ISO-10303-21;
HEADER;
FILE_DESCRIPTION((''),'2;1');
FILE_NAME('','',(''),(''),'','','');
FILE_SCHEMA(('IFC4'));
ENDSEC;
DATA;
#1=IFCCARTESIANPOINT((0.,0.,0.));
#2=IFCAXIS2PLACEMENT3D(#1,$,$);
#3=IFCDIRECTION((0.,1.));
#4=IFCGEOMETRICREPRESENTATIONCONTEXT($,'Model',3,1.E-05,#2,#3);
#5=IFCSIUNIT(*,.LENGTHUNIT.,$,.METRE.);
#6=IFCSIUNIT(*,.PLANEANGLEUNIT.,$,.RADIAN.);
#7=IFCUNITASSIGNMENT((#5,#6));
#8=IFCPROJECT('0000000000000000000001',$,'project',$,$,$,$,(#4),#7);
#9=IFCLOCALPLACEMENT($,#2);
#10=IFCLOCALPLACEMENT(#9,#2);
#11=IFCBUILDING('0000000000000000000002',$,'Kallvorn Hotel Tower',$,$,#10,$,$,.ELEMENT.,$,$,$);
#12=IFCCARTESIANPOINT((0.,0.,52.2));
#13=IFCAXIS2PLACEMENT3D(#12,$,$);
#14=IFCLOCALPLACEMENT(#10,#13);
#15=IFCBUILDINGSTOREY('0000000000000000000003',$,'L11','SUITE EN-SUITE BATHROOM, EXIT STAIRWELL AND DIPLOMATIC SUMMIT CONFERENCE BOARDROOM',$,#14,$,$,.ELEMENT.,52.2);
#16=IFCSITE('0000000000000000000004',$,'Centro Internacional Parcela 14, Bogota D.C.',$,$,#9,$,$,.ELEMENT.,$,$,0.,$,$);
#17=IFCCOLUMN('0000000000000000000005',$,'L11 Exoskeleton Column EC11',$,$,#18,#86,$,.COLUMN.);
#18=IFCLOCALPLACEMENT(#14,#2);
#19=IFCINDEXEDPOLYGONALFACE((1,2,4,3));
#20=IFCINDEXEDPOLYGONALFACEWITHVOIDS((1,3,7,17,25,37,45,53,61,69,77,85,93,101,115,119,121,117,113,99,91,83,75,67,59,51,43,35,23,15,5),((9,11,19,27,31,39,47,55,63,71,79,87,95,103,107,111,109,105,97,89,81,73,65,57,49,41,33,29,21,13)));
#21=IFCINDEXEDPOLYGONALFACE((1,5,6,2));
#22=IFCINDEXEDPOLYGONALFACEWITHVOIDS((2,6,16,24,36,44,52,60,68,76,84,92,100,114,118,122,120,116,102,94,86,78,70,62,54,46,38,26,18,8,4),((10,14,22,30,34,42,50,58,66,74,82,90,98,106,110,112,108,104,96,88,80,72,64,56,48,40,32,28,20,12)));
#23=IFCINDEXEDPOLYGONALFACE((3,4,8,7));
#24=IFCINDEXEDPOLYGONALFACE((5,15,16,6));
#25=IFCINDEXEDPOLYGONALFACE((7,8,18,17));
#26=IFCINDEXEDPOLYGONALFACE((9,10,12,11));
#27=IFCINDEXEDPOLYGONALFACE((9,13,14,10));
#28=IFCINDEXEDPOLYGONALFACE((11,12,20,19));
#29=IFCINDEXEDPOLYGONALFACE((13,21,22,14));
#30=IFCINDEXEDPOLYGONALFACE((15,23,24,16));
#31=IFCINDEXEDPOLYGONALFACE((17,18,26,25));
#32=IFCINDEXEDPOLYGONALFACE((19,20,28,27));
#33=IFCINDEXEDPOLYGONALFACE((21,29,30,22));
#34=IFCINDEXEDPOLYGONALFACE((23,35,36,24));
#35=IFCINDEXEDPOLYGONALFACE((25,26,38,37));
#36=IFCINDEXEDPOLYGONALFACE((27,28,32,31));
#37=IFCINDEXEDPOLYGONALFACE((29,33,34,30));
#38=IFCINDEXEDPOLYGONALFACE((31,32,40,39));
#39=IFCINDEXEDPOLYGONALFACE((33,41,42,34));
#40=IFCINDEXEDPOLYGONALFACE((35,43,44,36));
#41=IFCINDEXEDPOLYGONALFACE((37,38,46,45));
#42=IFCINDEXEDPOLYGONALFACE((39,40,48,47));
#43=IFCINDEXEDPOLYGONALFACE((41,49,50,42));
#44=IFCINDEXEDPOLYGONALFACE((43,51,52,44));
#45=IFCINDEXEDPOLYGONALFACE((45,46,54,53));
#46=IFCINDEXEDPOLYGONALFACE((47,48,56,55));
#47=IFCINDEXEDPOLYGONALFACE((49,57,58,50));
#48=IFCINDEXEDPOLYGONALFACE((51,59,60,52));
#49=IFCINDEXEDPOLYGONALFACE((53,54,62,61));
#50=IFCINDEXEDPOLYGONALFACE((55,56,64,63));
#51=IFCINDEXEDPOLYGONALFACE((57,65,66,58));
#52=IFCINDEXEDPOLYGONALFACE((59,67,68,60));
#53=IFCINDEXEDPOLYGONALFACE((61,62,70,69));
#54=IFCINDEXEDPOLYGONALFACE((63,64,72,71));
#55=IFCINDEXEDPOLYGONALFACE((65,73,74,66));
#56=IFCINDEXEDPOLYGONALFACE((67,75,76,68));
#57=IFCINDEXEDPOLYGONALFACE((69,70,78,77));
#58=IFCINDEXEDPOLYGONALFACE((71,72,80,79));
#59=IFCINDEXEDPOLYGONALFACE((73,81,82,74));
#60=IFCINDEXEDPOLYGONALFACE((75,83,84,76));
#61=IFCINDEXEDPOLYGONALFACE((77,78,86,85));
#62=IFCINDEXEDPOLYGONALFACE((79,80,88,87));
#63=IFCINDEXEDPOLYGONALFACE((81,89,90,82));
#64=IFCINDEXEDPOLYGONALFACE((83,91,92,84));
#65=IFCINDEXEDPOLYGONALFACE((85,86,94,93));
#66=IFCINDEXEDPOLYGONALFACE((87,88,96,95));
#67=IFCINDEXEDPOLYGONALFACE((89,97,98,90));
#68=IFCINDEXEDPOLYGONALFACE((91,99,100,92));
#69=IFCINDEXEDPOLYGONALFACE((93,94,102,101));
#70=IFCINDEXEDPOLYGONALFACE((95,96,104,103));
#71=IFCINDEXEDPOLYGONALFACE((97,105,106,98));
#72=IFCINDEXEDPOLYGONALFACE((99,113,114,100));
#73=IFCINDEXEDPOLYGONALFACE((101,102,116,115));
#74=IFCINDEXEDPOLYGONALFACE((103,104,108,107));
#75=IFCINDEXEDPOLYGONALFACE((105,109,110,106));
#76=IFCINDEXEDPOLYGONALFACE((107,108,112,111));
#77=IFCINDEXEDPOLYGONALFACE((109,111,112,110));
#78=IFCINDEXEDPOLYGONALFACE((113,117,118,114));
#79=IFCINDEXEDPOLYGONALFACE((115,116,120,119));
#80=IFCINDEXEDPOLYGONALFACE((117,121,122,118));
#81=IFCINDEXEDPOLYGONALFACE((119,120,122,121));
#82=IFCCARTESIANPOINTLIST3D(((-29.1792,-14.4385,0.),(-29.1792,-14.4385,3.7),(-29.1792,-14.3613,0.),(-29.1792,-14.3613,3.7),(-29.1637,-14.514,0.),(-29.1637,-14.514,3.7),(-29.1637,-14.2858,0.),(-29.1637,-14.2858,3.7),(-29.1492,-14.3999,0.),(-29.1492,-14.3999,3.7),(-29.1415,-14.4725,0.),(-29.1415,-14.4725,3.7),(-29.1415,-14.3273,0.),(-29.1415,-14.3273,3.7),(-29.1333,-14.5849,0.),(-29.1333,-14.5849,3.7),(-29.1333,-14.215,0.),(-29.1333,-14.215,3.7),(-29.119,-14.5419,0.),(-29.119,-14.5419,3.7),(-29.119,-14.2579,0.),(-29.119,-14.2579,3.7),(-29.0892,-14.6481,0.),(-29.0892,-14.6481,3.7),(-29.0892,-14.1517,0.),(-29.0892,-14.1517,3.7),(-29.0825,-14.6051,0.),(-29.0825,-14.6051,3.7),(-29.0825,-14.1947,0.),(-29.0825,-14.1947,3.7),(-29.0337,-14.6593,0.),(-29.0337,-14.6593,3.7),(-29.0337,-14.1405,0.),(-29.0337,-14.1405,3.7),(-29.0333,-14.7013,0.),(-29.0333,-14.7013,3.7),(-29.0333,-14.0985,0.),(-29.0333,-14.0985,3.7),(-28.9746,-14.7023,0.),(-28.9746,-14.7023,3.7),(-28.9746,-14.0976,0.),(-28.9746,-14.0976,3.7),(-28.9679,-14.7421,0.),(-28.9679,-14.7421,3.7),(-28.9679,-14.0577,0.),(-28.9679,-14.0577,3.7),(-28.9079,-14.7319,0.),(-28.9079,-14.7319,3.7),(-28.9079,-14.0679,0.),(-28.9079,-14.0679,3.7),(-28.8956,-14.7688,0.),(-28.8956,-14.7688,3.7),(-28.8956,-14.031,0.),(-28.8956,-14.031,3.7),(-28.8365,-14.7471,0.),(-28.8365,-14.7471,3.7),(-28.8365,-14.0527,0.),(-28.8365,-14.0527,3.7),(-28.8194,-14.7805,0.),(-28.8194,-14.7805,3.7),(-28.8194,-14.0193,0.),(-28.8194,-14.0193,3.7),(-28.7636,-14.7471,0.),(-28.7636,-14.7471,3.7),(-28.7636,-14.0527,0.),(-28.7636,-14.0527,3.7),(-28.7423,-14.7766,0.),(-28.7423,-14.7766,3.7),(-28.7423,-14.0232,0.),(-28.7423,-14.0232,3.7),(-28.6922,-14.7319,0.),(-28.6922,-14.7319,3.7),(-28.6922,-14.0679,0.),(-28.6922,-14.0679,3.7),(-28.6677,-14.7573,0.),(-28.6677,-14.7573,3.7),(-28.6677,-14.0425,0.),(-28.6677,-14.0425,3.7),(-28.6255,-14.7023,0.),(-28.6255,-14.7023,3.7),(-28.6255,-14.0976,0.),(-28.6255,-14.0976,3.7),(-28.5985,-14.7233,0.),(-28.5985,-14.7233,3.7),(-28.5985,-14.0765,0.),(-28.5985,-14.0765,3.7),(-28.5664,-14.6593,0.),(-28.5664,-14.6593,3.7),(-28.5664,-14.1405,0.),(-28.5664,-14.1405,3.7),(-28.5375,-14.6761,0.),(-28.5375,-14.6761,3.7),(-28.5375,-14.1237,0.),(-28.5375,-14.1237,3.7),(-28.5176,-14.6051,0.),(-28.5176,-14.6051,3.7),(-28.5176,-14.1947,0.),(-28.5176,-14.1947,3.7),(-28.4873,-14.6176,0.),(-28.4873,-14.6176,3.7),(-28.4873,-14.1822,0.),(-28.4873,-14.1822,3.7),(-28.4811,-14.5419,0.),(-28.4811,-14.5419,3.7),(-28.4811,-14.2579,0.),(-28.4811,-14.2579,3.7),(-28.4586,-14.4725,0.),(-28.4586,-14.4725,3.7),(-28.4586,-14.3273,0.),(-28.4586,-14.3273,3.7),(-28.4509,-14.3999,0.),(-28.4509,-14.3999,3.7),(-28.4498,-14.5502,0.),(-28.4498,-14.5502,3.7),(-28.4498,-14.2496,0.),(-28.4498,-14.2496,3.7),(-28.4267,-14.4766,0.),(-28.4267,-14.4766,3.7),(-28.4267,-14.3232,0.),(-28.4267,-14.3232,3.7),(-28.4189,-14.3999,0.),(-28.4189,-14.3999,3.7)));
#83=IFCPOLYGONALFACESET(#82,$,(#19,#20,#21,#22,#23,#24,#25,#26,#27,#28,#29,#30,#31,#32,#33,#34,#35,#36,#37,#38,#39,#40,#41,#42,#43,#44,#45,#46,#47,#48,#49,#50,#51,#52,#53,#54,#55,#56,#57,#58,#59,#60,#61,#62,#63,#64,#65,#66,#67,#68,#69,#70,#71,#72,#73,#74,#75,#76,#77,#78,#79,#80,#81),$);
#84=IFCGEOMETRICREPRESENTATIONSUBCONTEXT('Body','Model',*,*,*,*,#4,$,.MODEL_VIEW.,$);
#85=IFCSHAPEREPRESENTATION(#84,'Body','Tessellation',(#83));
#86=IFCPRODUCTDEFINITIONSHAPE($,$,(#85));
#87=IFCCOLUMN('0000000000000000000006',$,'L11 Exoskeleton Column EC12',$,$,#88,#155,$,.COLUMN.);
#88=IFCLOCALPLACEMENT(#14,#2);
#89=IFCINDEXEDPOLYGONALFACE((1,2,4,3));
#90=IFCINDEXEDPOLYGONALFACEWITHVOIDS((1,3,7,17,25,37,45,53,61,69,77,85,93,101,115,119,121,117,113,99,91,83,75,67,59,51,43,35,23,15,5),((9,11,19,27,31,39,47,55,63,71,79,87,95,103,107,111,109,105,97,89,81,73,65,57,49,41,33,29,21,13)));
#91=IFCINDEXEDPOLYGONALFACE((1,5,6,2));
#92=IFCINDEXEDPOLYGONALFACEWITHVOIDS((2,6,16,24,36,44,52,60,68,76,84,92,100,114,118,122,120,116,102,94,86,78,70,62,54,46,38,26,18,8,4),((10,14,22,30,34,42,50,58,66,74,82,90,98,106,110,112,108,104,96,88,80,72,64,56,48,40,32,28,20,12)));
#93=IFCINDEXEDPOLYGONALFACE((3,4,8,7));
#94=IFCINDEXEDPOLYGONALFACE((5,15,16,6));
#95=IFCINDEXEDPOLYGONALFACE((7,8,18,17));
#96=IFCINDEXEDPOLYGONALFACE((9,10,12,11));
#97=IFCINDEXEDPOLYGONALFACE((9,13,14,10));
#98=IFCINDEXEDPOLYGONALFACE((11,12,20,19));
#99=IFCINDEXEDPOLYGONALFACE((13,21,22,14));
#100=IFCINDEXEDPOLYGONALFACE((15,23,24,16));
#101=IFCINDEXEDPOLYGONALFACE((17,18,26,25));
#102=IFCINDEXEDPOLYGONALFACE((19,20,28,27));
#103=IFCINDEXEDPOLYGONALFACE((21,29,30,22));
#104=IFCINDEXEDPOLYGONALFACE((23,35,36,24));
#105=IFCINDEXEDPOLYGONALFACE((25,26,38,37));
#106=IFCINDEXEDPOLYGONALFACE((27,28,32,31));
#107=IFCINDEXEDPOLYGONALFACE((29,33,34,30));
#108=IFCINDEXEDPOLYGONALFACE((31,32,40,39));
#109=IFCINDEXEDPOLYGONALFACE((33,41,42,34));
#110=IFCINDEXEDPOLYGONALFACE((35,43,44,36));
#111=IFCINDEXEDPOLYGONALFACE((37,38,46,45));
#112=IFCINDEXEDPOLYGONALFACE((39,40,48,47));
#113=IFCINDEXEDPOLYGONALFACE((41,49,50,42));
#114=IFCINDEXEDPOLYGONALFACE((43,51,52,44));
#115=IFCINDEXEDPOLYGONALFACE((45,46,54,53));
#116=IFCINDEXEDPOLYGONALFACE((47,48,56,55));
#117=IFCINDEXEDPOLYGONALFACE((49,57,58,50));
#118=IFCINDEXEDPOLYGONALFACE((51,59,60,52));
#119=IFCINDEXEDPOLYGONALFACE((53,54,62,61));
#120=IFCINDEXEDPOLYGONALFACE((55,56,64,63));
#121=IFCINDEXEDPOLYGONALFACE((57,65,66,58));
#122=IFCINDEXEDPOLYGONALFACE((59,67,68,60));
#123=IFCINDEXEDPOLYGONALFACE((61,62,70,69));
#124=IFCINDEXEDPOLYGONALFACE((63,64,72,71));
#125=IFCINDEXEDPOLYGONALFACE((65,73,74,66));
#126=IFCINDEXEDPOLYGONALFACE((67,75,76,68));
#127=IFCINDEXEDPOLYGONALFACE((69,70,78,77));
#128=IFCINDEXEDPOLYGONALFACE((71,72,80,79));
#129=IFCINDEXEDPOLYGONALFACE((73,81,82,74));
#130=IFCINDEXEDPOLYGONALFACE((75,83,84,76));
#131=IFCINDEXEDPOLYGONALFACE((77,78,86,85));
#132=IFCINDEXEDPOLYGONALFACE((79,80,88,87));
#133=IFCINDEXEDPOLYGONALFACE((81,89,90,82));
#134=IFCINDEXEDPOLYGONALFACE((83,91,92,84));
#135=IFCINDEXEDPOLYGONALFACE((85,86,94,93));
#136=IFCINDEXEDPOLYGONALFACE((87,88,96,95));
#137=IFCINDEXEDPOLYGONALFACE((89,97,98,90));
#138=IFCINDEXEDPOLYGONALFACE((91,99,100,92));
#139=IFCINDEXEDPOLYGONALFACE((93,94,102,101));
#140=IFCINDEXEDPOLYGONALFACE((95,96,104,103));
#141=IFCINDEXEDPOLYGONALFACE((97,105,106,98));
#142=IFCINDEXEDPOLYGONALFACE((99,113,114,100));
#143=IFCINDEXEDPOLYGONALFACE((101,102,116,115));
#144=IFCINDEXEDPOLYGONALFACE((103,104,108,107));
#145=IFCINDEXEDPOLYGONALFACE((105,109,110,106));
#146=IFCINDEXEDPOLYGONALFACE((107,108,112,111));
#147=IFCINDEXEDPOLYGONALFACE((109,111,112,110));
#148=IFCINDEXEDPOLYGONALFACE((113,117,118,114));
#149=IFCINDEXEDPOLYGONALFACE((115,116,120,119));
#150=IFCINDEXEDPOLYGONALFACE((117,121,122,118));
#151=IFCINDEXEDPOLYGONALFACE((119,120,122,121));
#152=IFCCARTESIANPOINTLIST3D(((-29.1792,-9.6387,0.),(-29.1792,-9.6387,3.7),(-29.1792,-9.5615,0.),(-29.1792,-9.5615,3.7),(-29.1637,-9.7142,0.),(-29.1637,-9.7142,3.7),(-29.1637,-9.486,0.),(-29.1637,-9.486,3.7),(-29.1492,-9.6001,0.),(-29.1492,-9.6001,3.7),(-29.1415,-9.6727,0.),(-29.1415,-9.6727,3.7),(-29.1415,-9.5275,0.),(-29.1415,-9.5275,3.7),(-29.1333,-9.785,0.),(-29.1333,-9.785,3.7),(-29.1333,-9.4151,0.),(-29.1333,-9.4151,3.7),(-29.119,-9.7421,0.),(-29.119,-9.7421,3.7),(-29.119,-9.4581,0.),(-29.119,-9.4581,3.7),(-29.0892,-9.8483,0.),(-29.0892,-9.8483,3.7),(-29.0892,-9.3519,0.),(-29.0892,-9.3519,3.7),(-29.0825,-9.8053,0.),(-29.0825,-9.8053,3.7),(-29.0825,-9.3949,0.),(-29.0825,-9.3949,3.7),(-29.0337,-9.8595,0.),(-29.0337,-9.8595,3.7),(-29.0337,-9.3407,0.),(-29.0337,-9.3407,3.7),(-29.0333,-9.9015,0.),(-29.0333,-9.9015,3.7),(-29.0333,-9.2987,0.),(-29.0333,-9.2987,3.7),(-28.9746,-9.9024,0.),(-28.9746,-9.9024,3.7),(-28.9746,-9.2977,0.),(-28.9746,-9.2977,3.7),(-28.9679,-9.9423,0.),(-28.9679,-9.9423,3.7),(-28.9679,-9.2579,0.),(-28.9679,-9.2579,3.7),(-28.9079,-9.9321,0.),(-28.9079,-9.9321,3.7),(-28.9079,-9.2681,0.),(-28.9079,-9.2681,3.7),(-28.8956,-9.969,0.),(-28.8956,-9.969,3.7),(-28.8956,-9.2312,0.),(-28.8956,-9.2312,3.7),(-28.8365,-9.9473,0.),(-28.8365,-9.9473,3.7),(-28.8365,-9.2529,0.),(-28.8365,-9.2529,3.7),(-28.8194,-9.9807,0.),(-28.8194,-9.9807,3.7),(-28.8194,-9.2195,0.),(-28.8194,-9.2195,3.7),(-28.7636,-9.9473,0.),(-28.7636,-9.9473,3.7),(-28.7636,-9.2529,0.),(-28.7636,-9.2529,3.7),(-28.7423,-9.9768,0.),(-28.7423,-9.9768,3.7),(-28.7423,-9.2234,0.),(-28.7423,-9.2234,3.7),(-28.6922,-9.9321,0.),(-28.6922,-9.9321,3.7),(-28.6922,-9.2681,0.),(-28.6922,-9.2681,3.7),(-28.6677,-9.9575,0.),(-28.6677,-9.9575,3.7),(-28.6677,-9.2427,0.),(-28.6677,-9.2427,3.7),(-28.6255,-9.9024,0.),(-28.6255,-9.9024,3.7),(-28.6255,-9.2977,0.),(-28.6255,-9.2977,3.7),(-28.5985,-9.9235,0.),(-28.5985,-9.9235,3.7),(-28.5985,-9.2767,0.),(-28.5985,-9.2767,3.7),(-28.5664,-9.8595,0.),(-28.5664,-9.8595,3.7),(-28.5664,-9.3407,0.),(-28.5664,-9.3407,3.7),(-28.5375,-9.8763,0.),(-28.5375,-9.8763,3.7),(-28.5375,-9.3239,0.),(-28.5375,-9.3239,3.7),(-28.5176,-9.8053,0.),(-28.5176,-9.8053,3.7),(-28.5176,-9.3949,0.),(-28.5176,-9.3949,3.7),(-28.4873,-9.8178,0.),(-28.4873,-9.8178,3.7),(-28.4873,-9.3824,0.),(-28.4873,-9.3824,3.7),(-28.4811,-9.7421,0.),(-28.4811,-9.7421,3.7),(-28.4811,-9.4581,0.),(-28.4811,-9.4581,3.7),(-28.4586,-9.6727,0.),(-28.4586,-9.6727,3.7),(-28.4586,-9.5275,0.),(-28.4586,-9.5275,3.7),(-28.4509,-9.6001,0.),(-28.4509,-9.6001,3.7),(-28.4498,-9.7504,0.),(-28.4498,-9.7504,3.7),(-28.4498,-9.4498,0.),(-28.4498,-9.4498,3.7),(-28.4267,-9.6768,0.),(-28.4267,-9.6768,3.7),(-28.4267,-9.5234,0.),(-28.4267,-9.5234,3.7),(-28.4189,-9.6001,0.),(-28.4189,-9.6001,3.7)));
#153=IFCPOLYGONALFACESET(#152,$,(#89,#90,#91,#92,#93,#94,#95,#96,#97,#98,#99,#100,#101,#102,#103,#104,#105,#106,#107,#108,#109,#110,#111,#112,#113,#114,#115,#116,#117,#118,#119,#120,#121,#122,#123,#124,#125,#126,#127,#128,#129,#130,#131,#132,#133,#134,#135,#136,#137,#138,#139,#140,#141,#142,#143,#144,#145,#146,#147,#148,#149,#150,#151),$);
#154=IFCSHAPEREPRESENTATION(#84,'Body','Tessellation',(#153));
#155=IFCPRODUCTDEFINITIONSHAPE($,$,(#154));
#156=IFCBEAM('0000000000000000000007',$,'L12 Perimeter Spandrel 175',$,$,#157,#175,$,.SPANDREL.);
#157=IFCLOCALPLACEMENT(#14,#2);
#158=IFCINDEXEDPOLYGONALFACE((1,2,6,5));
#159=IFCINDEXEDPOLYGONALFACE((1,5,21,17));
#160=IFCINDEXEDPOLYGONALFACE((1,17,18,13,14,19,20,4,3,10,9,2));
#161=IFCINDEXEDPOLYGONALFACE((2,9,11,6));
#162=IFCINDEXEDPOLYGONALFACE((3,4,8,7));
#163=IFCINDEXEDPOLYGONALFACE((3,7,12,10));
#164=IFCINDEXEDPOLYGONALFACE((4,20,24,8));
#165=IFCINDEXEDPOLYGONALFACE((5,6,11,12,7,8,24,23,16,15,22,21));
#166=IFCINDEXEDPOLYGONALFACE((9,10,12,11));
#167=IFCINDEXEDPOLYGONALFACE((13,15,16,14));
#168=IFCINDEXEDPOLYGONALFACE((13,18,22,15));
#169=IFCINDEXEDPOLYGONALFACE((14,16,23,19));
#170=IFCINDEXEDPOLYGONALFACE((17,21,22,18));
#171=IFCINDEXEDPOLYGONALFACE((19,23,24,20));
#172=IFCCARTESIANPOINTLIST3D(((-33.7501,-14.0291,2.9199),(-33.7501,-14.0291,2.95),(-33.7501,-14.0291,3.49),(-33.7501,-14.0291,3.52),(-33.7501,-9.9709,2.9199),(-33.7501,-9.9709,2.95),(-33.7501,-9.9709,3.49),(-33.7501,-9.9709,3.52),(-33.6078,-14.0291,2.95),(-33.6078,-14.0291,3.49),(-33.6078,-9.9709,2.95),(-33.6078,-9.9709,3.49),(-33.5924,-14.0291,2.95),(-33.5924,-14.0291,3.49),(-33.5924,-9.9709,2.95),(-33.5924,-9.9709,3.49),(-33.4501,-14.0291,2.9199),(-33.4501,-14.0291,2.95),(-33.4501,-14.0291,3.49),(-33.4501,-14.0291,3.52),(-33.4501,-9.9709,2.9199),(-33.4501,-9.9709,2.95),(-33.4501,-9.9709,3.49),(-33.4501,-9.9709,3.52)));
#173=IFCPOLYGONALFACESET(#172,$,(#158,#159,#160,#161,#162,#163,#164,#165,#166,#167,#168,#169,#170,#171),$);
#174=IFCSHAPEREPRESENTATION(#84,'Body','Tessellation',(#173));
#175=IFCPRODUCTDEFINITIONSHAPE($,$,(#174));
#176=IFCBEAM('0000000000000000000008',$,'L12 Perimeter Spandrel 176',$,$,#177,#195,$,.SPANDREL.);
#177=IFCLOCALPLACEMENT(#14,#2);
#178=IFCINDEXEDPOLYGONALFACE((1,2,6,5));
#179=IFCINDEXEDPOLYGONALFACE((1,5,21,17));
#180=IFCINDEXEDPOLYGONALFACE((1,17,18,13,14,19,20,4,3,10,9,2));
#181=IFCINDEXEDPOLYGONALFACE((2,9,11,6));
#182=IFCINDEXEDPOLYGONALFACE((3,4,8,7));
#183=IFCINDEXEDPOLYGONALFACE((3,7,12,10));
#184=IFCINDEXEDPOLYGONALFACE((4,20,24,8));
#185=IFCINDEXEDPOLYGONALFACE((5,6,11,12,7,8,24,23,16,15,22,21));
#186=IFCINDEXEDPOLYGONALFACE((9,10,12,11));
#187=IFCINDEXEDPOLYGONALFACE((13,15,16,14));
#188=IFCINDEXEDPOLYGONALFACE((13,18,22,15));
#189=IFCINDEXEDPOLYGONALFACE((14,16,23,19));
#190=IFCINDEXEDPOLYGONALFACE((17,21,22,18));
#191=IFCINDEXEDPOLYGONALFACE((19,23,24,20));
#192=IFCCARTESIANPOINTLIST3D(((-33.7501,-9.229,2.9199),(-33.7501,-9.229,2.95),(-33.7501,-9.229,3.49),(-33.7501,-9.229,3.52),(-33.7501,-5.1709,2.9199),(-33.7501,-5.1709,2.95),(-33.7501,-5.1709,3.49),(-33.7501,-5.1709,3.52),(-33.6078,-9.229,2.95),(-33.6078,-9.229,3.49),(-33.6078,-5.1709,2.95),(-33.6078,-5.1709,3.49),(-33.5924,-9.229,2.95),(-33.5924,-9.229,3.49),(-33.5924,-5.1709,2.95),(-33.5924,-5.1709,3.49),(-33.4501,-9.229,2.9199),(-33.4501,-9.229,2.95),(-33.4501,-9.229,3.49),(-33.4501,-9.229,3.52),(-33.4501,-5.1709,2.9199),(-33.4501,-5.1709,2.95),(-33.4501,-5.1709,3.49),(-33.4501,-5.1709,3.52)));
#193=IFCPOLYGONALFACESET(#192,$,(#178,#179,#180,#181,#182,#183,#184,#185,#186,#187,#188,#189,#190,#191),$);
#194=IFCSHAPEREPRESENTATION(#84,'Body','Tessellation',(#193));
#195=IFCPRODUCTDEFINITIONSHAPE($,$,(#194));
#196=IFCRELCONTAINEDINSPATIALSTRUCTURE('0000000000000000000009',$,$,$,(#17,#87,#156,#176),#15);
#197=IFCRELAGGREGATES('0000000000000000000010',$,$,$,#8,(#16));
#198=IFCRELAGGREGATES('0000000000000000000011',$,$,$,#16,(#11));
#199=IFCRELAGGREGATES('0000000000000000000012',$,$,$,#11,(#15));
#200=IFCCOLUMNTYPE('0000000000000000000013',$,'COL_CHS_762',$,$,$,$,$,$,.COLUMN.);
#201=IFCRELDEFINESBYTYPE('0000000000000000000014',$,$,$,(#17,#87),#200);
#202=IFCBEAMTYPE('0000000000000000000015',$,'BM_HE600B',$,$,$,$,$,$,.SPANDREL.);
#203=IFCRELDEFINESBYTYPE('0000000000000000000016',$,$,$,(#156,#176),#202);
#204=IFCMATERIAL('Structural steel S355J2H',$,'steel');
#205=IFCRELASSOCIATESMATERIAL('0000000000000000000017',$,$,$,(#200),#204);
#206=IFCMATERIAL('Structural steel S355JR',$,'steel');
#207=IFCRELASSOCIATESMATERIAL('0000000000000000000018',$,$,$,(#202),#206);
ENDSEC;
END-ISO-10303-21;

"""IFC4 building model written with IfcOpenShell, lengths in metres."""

from ifc_helpers import new_model, si_unit, direction, frame, origin, origin_2d, place, context, subcontext, project, spatial, hollow_circle, i_section, extrude, material, material_profile, profile_set, type_object, element, save


model = new_model("IFC4")

# Units and contexts
model_context = context("Model", 3, precision=1e-05, world=origin(), true_north=direction((0.0, 1.0)))
body_context = subcontext(model_context, "Body", "Model", "MODEL_VIEW")
ifc_project = project(units=[si_unit("LENGTHUNIT", "METRE"), si_unit("PLANEANGLEUNIT", "RADIAN")], contexts=[model_context])

# Site, building, storey
site_placement = place(None, origin())
site = spatial("IfcSite", under=ifc_project, at=site_placement, Name="Centro Internacional Parcela 14, Bogota D.C.", CompositionType="ELEMENT", RefElevation=0.0)
building_placement = place(site_placement, origin())
building = spatial("IfcBuilding", under=site, at=building_placement, Name="Kallvorn Hotel Tower", CompositionType="ELEMENT")
storey_placement = place(building_placement, frame((0.0, 0.0, 52.2)))
storey = spatial("IfcBuildingStorey", under=building, at=storey_placement, Name="L11", Description="SUITE EN-SUITE BATHROOM, EXIT STAIRWELL AND DIPLOMATIC SUMMIT CONFERENCE BOARDROOM", CompositionType="ELEMENT", Elevation=52.2)

# Columns
ifc_material_1 = material(Name="Structural steel S355J2H", Category="steel")
ifc_material_profile_1 = material_profile(ifc_material_1, hollow_circle(Radius=0.3811, WallThickness=0.032, at=origin_2d()), Name="CHS 762x32")
ifc_profile_set_1 = profile_set([ifc_material_profile_1], Name="Structural steel S355J2H")
column_type = type_object("IfcColumnType", Name="COL_CHS_762", PredefinedType="COLUMN", material=ifc_profile_set_1)
for number, where, z_axis, x_axis, name in (
    (1, (-28.8, -14.3999, 0.0), (0.0, 0.0, 1.0), (1.0, 0.0, 0.0), "L11 Exoskeleton Column EC11"),
    (2, (-28.8, -9.6001, 0.0), (0.0, 0.0, 1.0), (1.0, 0.0, 0.0), "L11 Exoskeleton Column EC12"),
):
    element("IfcColumn", number, at=place(storey_placement, frame(where, z_axis=z_axis, x_axis=x_axis)), inside=storey, type_object=column_type, Name=name, PredefinedType="COLUMN", context=body_context, shape_type="SweptSolid", body=[
        extrude(hollow_circle(Radius=0.3811, WallThickness=0.032, at=origin_2d()), origin(), (0.0, 0.0, 1.0), 3.7),
    ])

# Beams
ifc_material_2 = material(Name="Structural steel S355JR", Category="steel")
ifc_material_profile_2 = material_profile(ifc_material_2, i_section(OverallWidth=0.3, OverallDepth=0.6001, WebThickness=0.0154, FlangeThickness=0.03, at=origin_2d()), Name="HE 600 B")
ifc_profile_set_2 = profile_set([ifc_material_profile_2], Name="Structural steel S355JR")
beam_type_1 = type_object("IfcBeamType", Name="BM_HE600B", PredefinedType="SPANDREL", material=ifc_profile_set_2)
for number, where, z_axis, x_axis, name in (
    (3, (-33.6001, -14.0291, 3.22), (0.0, 1.0, 0.0), (-1.0, 0.0, 0.0), "L12 Perimeter Spandrel 175"),
    (4, (-33.6001, -9.229, 3.22), (0.0, 1.0, 0.0), (-1.0, 0.0, 0.0), "L12 Perimeter Spandrel 176"),
):
    element("IfcBeam", number, at=place(storey_placement, frame(where, z_axis=z_axis, x_axis=x_axis)), inside=storey, type_object=beam_type_1, Name=name, PredefinedType="SPANDREL", context=body_context, shape_type="SweptSolid", body=[
        extrude(i_section(OverallWidth=0.3, OverallDepth=0.6001, WebThickness=0.0154, FlangeThickness=0.03, at=origin_2d()), origin(), (0.0, 0.0, 1.0), 4.0581),
    ])

save(model, "model.ifc")
